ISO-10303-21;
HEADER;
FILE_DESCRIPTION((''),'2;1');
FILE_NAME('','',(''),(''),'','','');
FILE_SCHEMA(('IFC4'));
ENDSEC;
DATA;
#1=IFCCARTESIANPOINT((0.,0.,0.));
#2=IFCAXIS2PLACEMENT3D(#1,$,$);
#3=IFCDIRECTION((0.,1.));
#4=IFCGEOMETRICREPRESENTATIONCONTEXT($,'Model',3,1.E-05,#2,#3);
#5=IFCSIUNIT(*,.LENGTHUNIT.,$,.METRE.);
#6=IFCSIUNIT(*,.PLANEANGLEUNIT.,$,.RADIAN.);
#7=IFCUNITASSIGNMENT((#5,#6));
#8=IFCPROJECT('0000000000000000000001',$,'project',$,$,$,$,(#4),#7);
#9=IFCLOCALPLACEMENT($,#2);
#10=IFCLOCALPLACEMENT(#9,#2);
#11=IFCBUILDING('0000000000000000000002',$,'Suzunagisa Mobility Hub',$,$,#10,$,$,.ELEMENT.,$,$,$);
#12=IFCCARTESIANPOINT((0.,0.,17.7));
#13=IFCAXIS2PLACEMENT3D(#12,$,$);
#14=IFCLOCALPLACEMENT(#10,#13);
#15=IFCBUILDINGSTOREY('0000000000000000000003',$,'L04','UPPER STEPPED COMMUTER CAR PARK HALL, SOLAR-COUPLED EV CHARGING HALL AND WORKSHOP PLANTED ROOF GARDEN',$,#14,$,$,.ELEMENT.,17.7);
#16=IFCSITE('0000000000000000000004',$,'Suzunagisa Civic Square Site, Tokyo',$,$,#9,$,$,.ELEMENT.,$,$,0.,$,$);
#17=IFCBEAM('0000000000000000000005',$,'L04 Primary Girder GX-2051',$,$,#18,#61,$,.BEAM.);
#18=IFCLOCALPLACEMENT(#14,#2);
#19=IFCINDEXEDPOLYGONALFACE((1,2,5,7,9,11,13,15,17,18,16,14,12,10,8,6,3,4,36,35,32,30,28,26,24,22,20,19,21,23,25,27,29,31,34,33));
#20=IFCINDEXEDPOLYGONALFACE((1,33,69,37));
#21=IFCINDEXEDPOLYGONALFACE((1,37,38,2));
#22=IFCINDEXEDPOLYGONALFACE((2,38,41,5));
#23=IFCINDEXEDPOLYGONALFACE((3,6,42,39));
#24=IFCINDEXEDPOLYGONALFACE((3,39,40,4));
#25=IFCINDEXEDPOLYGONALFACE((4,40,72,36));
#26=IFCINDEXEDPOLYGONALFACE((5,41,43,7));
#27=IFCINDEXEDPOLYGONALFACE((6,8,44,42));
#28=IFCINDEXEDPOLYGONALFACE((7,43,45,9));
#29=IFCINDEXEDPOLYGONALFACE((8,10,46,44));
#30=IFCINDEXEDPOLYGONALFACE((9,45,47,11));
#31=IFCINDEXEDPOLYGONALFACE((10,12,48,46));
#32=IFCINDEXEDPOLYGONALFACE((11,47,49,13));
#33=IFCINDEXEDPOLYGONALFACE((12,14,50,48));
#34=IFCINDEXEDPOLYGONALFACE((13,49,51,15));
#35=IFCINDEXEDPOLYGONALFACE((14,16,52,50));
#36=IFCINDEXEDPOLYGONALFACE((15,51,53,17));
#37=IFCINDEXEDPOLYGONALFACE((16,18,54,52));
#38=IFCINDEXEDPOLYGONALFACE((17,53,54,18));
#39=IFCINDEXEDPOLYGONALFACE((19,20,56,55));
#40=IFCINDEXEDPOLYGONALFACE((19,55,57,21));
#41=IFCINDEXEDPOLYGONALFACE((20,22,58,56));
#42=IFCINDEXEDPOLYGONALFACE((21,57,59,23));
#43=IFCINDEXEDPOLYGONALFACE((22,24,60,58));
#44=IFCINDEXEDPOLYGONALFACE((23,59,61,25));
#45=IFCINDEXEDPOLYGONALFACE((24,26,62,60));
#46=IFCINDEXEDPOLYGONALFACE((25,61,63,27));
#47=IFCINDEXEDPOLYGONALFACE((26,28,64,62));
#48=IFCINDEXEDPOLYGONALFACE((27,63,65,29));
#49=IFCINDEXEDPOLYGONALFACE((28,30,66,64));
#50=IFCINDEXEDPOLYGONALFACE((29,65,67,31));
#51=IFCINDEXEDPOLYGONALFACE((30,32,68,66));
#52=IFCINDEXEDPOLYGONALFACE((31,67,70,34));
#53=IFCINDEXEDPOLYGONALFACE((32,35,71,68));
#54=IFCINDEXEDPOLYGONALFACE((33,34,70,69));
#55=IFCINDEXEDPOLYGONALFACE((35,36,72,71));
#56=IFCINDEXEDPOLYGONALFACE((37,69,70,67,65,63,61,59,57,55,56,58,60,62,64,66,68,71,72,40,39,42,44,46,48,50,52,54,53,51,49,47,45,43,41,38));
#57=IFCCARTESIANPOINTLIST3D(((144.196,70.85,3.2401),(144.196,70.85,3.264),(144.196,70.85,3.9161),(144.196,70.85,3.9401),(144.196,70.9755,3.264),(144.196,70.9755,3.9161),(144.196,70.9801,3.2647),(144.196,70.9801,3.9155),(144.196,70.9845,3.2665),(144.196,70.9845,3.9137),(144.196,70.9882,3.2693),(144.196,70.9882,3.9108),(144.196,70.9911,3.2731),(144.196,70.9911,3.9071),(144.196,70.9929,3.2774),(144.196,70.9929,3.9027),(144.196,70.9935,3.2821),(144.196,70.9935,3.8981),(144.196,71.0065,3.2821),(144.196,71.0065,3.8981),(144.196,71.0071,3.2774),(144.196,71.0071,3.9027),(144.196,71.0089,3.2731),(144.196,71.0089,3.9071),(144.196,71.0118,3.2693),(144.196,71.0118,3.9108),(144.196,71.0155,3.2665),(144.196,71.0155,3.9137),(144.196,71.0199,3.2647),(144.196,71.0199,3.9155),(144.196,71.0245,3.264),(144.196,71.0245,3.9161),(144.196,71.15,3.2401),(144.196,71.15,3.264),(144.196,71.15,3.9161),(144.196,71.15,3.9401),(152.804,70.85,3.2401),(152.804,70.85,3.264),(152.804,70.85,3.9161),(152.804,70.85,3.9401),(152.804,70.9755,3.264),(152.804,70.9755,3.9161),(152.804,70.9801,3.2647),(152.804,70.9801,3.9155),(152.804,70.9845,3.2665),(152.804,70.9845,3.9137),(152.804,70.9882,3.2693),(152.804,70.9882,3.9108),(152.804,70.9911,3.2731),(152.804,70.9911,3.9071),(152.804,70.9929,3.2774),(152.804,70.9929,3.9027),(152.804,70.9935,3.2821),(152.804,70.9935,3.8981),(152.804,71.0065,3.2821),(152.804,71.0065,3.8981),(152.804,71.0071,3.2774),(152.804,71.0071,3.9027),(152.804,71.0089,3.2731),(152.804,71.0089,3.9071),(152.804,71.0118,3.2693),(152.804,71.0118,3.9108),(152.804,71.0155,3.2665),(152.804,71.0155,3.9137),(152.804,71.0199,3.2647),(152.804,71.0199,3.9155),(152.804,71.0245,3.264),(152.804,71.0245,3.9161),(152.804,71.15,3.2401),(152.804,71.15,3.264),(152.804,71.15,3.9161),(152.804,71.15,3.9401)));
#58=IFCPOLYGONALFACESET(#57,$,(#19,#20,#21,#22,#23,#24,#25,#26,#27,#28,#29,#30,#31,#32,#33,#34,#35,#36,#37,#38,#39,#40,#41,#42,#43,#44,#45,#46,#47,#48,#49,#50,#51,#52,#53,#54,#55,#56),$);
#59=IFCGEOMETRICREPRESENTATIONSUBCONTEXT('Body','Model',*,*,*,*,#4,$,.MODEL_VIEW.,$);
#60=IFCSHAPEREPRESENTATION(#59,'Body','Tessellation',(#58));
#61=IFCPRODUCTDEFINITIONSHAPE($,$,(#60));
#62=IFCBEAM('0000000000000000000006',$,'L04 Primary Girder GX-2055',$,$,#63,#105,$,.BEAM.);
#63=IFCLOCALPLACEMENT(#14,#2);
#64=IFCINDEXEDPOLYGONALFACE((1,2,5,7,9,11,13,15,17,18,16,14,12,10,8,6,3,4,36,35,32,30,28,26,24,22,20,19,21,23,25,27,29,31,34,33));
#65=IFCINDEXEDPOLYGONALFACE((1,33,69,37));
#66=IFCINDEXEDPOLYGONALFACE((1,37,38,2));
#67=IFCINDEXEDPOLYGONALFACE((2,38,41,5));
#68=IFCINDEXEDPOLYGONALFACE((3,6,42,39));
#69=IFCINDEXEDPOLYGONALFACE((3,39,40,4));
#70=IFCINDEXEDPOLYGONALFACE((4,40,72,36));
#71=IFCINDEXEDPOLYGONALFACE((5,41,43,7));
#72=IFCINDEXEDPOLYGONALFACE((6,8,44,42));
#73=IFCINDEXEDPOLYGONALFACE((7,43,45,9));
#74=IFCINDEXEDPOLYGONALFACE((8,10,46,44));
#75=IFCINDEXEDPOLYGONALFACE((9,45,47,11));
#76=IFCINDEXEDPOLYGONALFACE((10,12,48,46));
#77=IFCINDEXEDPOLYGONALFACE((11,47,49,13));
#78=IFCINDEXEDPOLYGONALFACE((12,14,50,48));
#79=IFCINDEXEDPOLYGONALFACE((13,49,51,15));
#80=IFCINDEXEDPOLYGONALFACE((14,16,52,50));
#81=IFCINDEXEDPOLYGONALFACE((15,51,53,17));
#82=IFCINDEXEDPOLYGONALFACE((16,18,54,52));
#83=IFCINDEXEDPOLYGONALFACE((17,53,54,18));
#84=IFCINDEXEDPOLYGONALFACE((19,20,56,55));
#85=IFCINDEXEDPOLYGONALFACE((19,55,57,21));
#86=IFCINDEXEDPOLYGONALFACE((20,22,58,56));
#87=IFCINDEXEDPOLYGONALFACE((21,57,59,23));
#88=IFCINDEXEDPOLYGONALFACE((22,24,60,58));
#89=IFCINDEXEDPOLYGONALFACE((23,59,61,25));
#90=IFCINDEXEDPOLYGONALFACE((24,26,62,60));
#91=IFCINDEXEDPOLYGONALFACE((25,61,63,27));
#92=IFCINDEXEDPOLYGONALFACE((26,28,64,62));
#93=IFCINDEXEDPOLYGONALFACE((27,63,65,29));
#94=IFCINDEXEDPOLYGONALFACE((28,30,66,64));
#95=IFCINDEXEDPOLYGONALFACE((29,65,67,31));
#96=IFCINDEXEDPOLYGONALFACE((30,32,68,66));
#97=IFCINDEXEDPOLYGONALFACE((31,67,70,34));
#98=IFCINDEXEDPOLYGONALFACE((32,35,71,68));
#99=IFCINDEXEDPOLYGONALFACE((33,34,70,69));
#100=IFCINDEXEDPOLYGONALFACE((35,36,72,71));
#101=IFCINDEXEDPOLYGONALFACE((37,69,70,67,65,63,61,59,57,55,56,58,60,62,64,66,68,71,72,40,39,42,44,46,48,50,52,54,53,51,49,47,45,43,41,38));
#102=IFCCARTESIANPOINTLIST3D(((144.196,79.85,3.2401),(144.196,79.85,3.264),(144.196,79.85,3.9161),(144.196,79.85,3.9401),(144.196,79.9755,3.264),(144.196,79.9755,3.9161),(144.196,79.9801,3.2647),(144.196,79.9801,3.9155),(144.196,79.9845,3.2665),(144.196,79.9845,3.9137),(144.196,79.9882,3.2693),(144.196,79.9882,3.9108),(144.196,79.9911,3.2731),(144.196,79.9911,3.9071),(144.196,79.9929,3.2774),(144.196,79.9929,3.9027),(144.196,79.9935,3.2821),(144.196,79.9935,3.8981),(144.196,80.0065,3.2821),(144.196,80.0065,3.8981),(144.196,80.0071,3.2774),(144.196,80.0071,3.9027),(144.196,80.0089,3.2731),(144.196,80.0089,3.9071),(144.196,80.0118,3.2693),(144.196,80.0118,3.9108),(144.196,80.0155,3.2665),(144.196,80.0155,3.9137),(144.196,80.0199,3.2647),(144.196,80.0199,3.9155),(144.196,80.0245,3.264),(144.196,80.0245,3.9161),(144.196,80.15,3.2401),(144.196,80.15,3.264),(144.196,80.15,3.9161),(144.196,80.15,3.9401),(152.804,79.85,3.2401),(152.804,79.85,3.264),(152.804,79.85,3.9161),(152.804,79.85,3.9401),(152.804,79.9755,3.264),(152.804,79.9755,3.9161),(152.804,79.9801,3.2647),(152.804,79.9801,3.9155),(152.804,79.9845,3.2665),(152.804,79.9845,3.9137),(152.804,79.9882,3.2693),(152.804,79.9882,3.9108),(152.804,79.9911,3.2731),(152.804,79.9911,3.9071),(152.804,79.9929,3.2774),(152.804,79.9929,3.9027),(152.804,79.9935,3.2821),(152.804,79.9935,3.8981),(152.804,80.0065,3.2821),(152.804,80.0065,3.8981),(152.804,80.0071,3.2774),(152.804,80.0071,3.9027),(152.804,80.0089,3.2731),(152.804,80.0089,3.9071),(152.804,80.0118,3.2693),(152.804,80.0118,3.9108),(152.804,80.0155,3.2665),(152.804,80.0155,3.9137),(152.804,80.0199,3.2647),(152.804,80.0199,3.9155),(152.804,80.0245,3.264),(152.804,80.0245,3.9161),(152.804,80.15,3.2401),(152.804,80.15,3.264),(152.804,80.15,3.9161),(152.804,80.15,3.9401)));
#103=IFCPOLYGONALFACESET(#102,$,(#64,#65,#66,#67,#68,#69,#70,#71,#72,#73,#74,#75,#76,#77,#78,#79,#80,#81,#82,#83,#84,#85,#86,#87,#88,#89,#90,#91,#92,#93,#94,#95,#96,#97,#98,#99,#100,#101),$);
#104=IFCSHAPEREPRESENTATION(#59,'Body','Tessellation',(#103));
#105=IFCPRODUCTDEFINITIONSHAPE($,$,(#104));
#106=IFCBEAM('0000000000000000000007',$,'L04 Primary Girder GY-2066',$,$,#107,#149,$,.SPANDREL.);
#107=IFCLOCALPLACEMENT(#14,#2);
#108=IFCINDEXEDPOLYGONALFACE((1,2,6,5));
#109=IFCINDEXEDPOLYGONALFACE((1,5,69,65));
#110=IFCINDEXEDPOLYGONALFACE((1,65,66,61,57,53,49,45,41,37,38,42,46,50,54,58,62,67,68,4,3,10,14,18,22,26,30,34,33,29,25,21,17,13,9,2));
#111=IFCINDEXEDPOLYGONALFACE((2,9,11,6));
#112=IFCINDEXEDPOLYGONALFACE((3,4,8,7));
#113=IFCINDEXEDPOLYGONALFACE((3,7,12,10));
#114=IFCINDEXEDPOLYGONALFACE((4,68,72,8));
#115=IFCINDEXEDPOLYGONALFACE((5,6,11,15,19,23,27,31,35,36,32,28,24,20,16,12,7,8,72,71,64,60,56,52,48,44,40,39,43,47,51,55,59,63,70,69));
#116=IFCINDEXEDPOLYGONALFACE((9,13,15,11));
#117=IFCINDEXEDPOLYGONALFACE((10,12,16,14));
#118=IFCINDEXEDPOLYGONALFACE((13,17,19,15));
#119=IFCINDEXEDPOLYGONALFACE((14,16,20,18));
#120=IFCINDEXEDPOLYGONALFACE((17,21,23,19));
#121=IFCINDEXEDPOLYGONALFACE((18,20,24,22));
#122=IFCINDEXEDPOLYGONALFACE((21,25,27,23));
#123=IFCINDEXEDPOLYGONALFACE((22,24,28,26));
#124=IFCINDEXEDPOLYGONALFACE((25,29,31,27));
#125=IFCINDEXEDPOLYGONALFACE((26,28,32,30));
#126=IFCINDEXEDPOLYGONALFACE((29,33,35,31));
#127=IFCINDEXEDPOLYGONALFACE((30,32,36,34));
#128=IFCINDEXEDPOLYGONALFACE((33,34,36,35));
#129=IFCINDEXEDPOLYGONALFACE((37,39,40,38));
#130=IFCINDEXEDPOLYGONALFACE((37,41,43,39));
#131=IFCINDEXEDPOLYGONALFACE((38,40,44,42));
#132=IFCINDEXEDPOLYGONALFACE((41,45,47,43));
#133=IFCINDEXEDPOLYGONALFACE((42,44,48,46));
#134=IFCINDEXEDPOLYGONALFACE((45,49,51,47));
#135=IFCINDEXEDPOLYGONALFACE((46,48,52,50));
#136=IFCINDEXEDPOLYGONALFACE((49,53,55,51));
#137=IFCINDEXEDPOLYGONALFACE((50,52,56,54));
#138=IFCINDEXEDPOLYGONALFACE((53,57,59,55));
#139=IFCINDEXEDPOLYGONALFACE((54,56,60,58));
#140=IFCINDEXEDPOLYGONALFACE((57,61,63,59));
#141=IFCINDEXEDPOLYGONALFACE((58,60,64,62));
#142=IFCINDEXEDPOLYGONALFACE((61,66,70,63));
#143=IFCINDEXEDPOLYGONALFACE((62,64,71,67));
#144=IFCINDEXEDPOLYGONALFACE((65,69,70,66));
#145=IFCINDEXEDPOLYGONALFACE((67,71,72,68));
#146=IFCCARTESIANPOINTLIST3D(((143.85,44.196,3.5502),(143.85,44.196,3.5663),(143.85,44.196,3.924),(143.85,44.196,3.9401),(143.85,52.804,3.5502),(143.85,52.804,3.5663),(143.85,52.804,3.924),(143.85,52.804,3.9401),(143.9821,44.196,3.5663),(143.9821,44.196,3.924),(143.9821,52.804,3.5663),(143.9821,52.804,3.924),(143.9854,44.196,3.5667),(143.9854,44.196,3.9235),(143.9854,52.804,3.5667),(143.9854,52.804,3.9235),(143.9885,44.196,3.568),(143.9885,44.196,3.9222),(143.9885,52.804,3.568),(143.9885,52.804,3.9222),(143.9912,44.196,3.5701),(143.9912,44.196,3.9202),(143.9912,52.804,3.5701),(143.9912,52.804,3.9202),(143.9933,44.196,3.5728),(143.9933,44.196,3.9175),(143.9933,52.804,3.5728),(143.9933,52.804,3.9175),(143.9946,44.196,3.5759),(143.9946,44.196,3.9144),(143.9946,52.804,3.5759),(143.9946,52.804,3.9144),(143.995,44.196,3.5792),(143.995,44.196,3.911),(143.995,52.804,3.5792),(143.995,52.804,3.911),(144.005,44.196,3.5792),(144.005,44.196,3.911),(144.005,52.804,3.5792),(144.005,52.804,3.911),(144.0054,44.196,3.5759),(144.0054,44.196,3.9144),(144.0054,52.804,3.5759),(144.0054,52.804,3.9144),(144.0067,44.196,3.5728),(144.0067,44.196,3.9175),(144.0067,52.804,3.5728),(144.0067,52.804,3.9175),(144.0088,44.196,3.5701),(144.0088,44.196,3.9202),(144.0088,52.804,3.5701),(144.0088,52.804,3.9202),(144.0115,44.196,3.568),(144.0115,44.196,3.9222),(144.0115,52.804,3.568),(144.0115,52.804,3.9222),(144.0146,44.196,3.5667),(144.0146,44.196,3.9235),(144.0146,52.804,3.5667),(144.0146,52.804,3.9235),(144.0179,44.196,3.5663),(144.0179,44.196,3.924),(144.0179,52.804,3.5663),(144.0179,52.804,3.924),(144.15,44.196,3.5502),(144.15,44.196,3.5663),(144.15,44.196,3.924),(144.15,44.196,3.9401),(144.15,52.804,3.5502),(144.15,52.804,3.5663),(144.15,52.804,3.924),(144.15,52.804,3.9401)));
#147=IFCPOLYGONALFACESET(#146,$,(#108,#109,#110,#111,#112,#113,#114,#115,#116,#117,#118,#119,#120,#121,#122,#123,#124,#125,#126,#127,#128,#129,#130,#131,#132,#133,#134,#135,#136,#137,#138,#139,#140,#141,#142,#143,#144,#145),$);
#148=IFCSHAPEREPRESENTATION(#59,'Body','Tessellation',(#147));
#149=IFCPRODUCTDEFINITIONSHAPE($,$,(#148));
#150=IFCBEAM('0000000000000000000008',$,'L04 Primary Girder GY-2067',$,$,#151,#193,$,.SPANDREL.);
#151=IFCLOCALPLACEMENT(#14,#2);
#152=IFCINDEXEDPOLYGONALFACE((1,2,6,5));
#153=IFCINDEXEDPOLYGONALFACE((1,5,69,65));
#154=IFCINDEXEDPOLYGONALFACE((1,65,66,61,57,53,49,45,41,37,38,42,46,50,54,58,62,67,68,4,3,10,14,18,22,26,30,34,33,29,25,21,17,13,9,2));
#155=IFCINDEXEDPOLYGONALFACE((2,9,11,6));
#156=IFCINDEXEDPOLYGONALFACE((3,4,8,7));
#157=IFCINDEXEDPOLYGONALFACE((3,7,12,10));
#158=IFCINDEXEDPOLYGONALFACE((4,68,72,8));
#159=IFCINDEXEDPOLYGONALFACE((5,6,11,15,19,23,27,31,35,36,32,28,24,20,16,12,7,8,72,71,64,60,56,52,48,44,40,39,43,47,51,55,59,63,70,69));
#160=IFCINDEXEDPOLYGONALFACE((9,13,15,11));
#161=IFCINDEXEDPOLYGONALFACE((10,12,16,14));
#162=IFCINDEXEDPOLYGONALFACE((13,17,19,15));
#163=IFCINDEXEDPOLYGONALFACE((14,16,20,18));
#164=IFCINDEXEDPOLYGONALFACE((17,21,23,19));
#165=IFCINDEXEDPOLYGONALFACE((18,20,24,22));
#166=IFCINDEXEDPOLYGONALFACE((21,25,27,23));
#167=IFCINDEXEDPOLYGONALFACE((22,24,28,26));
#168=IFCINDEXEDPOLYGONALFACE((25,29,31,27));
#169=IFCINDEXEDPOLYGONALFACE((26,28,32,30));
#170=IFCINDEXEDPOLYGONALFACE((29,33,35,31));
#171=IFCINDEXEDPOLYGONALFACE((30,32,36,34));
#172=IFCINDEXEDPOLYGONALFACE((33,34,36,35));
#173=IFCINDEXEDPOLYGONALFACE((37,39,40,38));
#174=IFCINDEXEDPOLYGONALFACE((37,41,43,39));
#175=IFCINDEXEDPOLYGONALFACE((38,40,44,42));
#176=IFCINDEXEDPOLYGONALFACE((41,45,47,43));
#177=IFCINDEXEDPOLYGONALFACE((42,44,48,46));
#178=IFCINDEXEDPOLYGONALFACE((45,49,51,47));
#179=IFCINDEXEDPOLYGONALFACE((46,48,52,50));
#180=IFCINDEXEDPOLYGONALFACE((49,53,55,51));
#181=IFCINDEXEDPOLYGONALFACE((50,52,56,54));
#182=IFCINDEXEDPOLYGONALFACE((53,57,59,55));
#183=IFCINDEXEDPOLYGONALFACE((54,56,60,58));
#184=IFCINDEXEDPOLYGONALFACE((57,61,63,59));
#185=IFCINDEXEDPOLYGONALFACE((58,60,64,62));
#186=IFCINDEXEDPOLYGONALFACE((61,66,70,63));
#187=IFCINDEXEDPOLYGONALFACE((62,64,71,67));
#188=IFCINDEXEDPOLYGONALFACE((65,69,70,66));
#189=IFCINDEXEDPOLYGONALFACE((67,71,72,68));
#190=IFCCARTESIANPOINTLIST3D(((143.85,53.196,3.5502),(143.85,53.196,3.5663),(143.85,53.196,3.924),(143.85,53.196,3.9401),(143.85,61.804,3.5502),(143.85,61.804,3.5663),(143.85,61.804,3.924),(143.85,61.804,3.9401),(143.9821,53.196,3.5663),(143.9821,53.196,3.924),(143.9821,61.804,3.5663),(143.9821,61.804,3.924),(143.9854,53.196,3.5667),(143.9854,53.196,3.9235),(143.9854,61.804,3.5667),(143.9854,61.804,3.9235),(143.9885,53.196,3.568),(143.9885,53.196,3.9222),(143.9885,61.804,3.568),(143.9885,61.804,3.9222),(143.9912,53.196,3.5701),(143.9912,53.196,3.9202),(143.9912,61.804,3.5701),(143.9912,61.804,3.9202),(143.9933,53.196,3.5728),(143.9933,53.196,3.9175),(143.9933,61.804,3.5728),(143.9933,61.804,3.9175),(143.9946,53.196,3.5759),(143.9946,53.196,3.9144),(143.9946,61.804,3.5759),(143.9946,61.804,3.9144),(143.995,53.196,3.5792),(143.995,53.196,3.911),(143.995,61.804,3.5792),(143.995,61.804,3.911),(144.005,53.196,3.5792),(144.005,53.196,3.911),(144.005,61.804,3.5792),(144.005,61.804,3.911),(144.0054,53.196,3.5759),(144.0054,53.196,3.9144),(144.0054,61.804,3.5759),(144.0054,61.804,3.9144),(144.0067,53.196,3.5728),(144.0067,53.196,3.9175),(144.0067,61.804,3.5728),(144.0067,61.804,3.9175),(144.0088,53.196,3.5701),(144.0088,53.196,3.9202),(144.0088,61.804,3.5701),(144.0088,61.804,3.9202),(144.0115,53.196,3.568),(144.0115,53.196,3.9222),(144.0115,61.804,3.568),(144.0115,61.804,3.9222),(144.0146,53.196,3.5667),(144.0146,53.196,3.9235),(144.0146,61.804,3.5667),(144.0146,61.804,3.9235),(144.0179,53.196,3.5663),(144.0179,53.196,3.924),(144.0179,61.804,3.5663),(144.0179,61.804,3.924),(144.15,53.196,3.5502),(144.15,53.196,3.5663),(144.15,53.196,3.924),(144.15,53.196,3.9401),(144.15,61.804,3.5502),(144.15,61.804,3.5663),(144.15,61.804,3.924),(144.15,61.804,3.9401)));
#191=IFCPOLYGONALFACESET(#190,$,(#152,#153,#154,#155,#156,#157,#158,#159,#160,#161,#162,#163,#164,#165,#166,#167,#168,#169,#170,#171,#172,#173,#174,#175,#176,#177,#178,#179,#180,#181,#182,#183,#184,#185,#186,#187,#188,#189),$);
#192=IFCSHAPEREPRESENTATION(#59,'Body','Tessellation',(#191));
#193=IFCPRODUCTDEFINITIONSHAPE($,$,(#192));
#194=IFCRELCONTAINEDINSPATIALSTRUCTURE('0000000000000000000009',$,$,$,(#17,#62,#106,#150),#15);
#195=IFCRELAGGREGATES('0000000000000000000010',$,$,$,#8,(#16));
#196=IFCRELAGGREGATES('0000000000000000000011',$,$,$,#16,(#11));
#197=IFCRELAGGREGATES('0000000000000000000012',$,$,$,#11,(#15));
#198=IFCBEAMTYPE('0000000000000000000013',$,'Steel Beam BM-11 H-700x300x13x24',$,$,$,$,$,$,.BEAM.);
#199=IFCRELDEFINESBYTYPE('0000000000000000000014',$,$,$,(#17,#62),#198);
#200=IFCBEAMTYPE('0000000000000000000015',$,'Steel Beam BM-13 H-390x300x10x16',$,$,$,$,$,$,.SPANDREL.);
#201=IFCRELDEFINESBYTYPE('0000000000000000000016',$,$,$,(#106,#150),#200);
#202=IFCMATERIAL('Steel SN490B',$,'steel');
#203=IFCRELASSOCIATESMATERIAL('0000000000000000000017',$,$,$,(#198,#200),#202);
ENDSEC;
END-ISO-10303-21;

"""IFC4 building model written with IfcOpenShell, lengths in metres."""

from ifc_helpers import new_model, si_unit, direction, frame, origin, origin_2d, place, context, subcontext, project, spatial, i_section, extrude, material, material_profile, profile_set, type_object, element, save


model = new_model("IFC4")

# Units and contexts
model_context = context("Model", 3, precision=1e-05, world=origin(), true_north=direction((0.0, 1.0)))
body_context = subcontext(model_context, "Body", "Model", "MODEL_VIEW")
ifc_project = project(units=[si_unit("LENGTHUNIT", "METRE"), si_unit("PLANEANGLEUNIT", "RADIAN")], contexts=[model_context])

# Site, building, storey
site_placement = place(None, origin())
site = spatial("IfcSite", under=ifc_project, at=site_placement, Name="Suzunagisa Civic Square Site, Tokyo", CompositionType="ELEMENT", RefElevation=0.0)
building_placement = place(site_placement, origin())
building = spatial("IfcBuilding", under=site, at=building_placement, Name="Suzunagisa Mobility Hub", CompositionType="ELEMENT")
storey_placement = place(building_placement, frame((0.0, 0.0, 17.7)))
storey = spatial("IfcBuildingStorey", under=building, at=storey_placement, Name="L04", Description="UPPER STEPPED COMMUTER CAR PARK HALL, SOLAR-COUPLED EV CHARGING HALL AND WORKSHOP PLANTED ROOF GARDEN", CompositionType="ELEMENT", Elevation=17.7)

# Shared definitions
ifc_material_1 = material(Name="Steel SN490B", Category="steel")

# Beams
ifc_material_profile_1 = material_profile(ifc_material_1, i_section(OverallWidth=0.3, OverallDepth=0.7, WebThickness=0.0129, FlangeThickness=0.0239, FilletRadius=0.0181, at=origin_2d()), Name="H-700x300x13x24")
ifc_profile_set_1 = profile_set([ifc_material_profile_1], Name="Steel SN490B")
beam_type_1 = type_object("IfcBeamType", Name="Steel Beam BM-11 H-700x300x13x24", PredefinedType="BEAM", material=ifc_profile_set_1)
for number, where, z_axis, x_axis, name in (
    (1, (144.196, 71.0, 3.5901), (1.0, 0.0, 0.0), (0.0, 1.0, 0.0), "L04 Primary Girder GX-2051"),
    (2, (144.196, 80.0, 3.5901), (1.0, 0.0, 0.0), (0.0, 1.0, 0.0), "L04 Primary Girder GX-2055"),
):
    element("IfcBeam", number, at=place(storey_placement, frame(where, z_axis=z_axis, x_axis=x_axis)), inside=storey, type_object=beam_type_1, Name=name, PredefinedType="BEAM", context=body_context, shape_type="SweptSolid", body=[
        extrude(i_section(OverallWidth=0.3, OverallDepth=0.7, WebThickness=0.0129, FlangeThickness=0.0239, FilletRadius=0.0181, at=origin_2d()), origin(), (0.0, 0.0, 1.0), 8.6079),
    ])
ifc_material_profile_2 = material_profile(ifc_material_1, i_section(OverallWidth=0.3, OverallDepth=0.3899, WebThickness=0.01, FlangeThickness=0.0161, FilletRadius=0.0129, at=origin_2d()), Name="H-390x300x10x16")
ifc_profile_set_2 = profile_set([ifc_material_profile_2], Name="Steel SN490B")
beam_type_2 = type_object("IfcBeamType", Name="Steel Beam BM-13 H-390x300x10x16", PredefinedType="SPANDREL", material=ifc_profile_set_2)
for number, where, z_axis, x_axis, name in (
    (3, (144.0, 44.196, 3.7451), (0.0, 1.0, 0.0), (-1.0, 0.0, 0.0), "L04 Primary Girder GY-2066"),
    (4, (144.0, 53.196, 3.7451), (0.0, 1.0, 0.0), (-1.0, 0.0, 0.0), "L04 Primary Girder GY-2067"),
):
    element("IfcBeam", number, at=place(storey_placement, frame(where, z_axis=z_axis, x_axis=x_axis)), inside=storey, type_object=beam_type_2, Name=name, PredefinedType="SPANDREL", context=body_context, shape_type="SweptSolid", body=[
        extrude(i_section(OverallWidth=0.3, OverallDepth=0.3899, WebThickness=0.01, FlangeThickness=0.0161, FilletRadius=0.0129, at=origin_2d()), origin(), (0.0, 0.0, 1.0), 8.6079),
    ])

save(model, "model.ifc")
